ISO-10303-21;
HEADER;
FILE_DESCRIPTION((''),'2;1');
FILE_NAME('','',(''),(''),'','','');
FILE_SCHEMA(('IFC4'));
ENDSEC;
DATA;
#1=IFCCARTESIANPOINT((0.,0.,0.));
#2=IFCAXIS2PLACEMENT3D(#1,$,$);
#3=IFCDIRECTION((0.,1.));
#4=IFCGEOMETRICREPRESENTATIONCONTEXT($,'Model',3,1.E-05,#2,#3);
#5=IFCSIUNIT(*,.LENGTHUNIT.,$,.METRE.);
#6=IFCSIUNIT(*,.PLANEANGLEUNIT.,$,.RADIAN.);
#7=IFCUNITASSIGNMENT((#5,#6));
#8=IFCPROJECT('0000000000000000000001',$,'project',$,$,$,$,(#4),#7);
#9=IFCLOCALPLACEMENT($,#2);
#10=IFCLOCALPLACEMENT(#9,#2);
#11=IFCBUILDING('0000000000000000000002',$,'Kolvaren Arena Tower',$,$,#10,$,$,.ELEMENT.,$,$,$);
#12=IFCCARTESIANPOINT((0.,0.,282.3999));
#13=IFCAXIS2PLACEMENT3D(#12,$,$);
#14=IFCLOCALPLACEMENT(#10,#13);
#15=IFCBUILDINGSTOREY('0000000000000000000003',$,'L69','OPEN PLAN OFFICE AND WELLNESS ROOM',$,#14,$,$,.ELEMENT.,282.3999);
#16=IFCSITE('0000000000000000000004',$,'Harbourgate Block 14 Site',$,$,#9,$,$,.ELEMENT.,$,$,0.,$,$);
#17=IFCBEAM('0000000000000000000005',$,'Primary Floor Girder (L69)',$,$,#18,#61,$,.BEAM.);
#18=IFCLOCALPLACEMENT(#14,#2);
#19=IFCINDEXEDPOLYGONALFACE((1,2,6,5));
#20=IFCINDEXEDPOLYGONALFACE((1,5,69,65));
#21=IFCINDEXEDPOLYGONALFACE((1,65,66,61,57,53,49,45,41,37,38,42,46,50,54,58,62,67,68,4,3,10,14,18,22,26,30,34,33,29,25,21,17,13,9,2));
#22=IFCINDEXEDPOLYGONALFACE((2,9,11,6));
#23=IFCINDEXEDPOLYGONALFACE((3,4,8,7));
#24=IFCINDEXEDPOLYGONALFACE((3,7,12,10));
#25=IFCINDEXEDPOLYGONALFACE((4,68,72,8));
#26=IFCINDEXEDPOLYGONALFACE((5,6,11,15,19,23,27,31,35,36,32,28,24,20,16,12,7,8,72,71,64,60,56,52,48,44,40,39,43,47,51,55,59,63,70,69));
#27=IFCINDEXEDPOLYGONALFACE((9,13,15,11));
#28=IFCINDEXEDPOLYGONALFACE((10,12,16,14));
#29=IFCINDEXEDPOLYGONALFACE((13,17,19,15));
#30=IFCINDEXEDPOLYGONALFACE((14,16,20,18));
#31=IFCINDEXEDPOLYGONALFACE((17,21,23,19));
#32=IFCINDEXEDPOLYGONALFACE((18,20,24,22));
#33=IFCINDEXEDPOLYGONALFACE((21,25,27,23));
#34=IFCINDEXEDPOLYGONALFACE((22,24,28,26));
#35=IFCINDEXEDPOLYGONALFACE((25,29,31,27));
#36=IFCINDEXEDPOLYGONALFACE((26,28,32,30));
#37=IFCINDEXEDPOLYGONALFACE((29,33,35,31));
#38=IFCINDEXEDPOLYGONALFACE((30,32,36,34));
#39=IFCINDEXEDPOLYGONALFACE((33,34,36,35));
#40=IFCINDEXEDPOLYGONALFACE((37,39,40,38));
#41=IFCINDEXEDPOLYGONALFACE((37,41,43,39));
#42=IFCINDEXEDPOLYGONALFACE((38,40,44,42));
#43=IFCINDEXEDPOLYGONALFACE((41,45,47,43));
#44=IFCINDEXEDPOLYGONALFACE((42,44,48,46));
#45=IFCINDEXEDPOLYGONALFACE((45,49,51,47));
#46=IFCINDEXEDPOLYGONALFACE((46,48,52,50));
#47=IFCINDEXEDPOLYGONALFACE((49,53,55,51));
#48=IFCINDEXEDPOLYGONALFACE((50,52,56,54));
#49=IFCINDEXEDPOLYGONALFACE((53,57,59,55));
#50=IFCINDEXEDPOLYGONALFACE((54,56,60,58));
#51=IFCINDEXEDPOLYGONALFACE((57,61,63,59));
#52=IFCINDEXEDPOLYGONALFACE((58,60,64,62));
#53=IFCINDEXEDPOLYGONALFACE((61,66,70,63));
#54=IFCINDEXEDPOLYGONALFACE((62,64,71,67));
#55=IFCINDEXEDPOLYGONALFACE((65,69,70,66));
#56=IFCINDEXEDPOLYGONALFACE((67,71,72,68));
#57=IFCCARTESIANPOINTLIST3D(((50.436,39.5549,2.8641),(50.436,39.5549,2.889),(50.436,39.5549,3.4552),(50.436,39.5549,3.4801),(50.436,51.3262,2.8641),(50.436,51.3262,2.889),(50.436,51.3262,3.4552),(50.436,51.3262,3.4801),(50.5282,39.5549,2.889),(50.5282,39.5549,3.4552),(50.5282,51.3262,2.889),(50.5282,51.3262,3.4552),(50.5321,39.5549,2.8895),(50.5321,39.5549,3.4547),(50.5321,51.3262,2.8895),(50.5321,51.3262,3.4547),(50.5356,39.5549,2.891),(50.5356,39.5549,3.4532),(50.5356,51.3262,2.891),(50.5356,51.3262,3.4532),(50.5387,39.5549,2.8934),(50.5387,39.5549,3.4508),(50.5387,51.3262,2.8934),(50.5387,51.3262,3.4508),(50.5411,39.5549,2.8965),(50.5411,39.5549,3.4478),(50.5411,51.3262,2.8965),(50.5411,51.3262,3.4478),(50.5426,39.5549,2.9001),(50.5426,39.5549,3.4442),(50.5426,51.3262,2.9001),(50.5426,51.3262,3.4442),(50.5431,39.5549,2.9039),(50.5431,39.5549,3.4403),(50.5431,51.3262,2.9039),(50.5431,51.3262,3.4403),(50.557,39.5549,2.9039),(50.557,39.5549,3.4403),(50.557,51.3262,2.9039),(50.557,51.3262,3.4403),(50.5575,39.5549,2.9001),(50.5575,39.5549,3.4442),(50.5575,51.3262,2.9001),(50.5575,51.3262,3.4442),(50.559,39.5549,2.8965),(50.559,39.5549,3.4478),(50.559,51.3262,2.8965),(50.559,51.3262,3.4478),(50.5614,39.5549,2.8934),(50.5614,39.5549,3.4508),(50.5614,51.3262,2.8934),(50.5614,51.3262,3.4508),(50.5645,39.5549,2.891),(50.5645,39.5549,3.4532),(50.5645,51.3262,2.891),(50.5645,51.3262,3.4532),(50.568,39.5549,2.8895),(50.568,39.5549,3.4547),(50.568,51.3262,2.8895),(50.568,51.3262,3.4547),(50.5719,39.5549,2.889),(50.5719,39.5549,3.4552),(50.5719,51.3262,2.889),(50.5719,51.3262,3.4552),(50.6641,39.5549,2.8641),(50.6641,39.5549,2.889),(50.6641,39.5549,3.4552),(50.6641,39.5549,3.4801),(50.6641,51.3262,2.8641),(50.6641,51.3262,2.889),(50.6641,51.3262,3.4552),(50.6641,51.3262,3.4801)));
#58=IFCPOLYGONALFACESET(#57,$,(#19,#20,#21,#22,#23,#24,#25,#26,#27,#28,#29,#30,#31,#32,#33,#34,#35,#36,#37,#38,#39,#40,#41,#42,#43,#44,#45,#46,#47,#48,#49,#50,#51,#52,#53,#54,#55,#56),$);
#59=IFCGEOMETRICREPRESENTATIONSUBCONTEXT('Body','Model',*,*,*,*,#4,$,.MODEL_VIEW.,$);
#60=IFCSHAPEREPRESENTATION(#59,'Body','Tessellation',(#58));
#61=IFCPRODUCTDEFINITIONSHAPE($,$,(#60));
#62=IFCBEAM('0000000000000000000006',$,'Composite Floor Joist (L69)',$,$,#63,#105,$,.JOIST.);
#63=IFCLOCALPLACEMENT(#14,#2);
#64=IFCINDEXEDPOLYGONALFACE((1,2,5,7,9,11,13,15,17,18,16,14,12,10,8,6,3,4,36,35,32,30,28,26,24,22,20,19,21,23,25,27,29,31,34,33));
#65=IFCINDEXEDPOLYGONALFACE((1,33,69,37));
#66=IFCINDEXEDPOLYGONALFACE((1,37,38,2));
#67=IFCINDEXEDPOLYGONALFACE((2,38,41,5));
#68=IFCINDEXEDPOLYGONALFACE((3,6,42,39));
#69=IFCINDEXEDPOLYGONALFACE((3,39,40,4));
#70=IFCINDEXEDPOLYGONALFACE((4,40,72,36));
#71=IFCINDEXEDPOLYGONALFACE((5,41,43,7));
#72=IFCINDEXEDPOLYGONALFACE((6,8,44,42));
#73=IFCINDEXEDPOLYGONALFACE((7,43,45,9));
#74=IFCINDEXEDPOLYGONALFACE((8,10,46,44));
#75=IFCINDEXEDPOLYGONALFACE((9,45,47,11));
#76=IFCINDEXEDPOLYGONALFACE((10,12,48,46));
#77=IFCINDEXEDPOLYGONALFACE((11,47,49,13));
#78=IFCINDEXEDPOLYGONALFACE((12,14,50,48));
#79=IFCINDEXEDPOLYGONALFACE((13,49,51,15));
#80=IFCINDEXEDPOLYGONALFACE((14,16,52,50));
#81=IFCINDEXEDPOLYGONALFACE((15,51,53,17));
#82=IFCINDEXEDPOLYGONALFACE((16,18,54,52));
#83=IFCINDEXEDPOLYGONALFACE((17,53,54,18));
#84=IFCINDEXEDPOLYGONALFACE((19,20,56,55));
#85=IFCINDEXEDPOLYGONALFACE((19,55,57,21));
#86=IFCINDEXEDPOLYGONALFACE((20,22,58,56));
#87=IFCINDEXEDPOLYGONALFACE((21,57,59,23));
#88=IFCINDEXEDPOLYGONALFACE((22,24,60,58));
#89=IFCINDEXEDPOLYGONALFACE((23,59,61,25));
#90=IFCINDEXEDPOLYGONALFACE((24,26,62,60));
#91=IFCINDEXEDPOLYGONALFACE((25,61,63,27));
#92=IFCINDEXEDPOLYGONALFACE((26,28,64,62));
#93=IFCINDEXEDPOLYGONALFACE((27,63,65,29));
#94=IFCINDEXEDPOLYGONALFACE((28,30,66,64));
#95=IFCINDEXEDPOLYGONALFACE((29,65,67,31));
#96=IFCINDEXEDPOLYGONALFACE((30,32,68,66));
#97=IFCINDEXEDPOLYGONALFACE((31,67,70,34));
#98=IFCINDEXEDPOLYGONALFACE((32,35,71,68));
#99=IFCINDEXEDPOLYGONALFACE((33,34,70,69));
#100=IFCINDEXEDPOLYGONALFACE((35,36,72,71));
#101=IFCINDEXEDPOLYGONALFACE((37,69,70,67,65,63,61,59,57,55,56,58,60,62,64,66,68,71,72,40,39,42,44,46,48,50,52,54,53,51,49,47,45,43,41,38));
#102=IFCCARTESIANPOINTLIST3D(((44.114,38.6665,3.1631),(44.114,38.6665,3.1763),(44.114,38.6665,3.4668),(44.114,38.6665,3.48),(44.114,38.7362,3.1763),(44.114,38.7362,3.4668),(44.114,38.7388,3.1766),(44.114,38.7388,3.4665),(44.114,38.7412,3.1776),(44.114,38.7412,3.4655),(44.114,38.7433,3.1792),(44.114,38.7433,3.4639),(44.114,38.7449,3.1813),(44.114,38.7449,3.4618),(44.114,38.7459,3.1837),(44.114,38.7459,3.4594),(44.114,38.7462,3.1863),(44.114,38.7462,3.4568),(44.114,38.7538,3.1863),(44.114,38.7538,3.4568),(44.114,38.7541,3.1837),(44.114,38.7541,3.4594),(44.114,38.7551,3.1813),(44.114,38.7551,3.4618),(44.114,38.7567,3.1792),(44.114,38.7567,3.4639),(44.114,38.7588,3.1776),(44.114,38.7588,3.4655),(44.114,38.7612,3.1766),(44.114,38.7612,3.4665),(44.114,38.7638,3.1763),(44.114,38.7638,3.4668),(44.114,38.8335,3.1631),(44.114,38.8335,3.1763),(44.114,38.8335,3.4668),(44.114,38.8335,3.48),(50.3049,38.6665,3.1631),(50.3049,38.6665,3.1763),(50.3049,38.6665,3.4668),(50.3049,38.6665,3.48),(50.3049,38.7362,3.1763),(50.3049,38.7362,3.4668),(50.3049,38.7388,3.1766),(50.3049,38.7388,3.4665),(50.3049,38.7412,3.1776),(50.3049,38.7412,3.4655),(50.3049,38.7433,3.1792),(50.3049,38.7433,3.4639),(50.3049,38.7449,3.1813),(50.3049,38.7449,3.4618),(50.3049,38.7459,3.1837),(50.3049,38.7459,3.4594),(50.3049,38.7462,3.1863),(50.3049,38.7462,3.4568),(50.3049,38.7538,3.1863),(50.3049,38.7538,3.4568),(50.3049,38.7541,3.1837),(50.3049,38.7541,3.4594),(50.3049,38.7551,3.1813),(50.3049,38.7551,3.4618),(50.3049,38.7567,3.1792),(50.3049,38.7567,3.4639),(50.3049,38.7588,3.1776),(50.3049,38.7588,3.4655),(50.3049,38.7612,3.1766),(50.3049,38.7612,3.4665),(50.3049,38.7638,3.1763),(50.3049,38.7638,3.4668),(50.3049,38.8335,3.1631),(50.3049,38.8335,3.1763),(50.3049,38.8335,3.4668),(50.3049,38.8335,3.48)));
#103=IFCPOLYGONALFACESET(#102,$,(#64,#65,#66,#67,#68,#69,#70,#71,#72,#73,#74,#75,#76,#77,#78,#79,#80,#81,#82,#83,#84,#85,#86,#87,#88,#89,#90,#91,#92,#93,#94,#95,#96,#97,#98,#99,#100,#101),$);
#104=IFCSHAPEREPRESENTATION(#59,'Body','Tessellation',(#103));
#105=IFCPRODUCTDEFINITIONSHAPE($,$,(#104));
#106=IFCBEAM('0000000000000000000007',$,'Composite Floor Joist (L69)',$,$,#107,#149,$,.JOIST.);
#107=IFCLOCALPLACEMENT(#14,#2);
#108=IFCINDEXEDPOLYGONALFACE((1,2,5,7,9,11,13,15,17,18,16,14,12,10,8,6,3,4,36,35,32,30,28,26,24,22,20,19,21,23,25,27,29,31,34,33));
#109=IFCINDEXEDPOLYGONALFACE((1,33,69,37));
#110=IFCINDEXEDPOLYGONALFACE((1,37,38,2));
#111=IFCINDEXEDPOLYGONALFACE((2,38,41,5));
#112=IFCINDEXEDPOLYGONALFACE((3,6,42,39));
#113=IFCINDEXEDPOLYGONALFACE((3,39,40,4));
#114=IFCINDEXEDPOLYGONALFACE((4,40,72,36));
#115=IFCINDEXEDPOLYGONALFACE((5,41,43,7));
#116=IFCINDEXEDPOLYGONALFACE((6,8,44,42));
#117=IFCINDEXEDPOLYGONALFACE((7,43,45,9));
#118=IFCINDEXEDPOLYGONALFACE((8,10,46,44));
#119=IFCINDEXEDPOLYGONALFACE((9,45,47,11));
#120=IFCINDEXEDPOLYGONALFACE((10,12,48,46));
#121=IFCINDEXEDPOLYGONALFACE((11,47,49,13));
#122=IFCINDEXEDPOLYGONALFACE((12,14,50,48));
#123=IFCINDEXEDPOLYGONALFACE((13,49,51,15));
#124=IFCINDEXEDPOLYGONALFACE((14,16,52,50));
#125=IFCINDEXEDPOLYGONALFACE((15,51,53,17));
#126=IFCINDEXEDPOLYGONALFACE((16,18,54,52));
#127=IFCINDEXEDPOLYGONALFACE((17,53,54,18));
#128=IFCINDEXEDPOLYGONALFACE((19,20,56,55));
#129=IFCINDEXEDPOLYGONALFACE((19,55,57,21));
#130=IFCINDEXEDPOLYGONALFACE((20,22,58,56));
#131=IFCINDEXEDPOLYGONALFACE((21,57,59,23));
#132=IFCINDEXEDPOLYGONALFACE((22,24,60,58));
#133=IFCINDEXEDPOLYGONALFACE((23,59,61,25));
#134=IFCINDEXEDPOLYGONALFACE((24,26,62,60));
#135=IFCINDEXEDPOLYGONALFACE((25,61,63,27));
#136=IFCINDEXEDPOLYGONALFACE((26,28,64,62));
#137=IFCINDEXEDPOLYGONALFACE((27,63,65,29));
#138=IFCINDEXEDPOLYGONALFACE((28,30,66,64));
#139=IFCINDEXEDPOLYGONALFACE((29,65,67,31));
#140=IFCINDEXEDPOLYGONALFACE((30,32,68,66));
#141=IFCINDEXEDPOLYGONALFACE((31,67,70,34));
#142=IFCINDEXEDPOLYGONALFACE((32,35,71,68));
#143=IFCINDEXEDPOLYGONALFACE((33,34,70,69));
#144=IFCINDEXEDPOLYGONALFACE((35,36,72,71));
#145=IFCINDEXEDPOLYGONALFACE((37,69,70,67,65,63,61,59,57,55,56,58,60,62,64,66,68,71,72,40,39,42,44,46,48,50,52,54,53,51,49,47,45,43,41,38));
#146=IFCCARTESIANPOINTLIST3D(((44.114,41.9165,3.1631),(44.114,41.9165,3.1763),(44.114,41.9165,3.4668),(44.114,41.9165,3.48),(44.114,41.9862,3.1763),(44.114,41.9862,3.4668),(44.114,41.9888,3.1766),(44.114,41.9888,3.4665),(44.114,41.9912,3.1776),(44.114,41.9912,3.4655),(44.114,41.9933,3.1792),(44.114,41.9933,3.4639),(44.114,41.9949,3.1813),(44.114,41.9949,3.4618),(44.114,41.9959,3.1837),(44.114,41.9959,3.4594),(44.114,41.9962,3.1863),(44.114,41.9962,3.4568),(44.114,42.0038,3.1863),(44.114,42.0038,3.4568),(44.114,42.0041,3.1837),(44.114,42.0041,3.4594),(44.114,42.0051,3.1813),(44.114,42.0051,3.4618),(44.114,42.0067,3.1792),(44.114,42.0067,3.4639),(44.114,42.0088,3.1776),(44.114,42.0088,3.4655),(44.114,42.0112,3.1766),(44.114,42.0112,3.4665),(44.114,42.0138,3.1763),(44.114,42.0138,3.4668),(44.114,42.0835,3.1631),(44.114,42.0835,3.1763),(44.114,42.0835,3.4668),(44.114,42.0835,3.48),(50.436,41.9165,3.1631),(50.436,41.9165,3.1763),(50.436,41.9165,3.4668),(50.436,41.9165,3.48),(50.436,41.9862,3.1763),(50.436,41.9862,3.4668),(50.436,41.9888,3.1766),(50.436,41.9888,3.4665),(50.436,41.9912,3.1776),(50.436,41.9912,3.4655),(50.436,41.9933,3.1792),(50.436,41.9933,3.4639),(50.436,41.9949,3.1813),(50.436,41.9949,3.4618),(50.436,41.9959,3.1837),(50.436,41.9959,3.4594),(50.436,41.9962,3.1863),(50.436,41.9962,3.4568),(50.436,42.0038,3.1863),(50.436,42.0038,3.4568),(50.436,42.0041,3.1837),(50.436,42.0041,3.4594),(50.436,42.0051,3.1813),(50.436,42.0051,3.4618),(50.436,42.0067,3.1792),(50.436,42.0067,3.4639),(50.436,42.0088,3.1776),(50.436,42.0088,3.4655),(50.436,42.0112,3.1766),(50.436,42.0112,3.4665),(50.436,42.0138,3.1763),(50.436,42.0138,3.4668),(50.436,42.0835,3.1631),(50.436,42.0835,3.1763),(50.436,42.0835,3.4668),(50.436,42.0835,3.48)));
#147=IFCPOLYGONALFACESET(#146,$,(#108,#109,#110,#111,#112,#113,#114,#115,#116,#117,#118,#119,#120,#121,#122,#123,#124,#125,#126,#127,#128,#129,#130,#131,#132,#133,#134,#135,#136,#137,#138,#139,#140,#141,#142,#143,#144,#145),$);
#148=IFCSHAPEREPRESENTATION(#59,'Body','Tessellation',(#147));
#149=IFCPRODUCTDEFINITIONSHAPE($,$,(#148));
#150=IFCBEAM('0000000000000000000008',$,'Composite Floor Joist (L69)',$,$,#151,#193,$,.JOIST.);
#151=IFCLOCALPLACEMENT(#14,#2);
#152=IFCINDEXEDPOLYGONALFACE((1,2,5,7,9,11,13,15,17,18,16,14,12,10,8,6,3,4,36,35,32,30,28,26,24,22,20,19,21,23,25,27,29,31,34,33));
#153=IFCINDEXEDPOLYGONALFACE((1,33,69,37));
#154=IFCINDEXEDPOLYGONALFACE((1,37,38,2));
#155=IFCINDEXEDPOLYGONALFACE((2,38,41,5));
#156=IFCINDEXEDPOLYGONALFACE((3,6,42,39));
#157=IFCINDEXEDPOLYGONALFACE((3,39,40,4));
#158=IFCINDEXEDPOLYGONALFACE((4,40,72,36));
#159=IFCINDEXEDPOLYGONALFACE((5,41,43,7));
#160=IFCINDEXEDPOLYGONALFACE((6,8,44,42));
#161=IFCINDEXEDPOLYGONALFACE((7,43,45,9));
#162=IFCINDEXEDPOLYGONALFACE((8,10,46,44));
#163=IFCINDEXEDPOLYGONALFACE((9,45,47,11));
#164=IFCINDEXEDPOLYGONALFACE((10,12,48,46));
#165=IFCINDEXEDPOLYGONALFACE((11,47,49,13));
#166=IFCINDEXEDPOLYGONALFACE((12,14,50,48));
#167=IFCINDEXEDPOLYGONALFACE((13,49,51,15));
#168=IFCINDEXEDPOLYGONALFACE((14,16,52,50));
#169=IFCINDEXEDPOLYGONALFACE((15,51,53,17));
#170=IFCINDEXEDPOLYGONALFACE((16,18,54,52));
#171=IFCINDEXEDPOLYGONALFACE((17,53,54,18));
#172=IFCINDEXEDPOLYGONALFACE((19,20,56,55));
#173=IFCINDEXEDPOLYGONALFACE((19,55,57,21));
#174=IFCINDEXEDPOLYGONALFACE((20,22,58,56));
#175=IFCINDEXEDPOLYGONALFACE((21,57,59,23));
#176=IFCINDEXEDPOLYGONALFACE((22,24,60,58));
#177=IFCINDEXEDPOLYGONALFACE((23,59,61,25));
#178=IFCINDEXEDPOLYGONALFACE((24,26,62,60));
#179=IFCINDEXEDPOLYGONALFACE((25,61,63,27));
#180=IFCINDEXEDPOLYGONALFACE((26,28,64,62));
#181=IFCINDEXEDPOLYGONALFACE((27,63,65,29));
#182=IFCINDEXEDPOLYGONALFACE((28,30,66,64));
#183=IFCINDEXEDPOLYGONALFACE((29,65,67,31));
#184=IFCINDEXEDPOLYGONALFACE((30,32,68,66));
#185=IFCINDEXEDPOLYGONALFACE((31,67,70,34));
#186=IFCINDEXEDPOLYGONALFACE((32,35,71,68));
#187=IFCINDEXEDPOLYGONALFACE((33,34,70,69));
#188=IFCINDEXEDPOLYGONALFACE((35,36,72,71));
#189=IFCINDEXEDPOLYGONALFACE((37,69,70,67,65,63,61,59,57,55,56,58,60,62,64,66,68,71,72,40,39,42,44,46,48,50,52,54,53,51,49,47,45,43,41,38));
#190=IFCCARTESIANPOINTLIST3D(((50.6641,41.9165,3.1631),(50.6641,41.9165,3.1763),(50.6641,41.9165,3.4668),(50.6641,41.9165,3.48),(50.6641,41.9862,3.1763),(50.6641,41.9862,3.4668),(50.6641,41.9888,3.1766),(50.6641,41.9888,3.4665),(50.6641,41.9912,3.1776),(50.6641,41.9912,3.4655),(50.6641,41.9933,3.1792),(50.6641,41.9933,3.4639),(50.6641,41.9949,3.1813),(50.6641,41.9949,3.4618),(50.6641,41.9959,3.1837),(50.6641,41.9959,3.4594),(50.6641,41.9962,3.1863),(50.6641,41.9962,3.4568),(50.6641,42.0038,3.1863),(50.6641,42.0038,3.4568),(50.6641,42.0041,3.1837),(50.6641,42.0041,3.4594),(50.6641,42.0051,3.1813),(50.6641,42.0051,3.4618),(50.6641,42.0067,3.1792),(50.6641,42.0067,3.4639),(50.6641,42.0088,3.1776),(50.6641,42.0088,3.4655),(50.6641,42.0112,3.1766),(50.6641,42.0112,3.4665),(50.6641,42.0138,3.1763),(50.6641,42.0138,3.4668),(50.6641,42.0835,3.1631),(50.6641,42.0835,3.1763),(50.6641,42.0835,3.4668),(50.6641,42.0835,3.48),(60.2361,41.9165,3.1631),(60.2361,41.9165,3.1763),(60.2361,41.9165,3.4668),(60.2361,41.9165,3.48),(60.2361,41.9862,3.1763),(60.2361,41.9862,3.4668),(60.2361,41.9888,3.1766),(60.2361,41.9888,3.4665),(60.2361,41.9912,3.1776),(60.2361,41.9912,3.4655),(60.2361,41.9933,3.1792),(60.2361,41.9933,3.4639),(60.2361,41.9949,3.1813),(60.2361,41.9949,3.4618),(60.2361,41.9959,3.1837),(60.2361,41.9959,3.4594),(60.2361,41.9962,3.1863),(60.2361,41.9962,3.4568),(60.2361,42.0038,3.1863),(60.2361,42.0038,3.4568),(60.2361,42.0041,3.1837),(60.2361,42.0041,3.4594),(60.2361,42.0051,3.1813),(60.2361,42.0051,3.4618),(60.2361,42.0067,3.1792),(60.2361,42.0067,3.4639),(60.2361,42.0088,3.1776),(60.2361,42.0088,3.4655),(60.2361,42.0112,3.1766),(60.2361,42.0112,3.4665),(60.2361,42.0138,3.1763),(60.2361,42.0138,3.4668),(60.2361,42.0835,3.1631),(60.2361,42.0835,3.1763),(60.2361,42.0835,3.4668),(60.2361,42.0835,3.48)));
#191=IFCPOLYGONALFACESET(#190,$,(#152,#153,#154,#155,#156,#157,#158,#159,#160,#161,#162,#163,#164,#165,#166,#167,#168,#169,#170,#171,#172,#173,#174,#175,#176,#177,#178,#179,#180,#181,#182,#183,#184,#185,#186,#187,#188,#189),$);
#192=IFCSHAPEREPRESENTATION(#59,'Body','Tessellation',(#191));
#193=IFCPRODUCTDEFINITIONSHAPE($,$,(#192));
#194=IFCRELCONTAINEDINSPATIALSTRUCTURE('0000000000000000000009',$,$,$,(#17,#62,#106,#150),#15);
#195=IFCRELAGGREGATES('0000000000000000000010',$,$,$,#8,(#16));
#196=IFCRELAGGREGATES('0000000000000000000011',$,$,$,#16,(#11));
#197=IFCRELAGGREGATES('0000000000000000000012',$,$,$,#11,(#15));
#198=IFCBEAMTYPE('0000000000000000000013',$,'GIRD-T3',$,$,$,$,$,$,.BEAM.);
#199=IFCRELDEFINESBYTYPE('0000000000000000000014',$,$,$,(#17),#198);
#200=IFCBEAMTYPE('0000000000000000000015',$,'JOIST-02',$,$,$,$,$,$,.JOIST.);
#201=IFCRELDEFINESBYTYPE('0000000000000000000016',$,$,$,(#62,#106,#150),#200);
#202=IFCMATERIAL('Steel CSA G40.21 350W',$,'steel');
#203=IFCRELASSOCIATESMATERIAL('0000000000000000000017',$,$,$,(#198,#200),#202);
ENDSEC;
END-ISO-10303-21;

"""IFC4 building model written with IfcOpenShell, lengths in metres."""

from ifc_helpers import new_model, si_unit, direction, frame, origin, origin_2d, place, context, subcontext, project, spatial, i_section, extrude, material, material_profile, profile_set, type_object, element, save


model = new_model("IFC4")

# Units and contexts
model_context = context("Model", 3, precision=1e-05, world=origin(), true_north=direction((0.0, 1.0)))
body_context = subcontext(model_context, "Body", "Model", "MODEL_VIEW")
ifc_project = project(units=[si_unit("LENGTHUNIT", "METRE"), si_unit("PLANEANGLEUNIT", "RADIAN")], contexts=[model_context])

# Site, building, storey
site_placement = place(None, origin())
site = spatial("IfcSite", under=ifc_project, at=site_placement, Name="Harbourgate Block 14 Site", CompositionType="ELEMENT", RefElevation=0.0)
building_placement = place(site_placement, origin())
building = spatial("IfcBuilding", under=site, at=building_placement, Name="Kolvaren Arena Tower", CompositionType="ELEMENT")
storey_placement = place(building_placement, frame((0.0, 0.0, 282.3999)))
storey = spatial("IfcBuildingStorey", under=building, at=storey_placement, Name="L69", Description="OPEN PLAN OFFICE AND WELLNESS ROOM", CompositionType="ELEMENT", Elevation=282.3999)

# Beams
ifc_material_1 = material(Name="Steel CSA G40.21 350W", Category="steel")
ifc_material_profile_1 = material_profile(ifc_material_1, i_section(OverallWidth=0.228, OverallDepth=0.616, WebThickness=0.0139, FlangeThickness=0.0249, FilletRadius=0.0149, at=origin_2d()), Name="W610x174")
ifc_profile_set_1 = profile_set([ifc_material_profile_1], Name="Steel CSA G40.21 350W")
beam_type_1 = type_object("IfcBeamType", Name="GIRD-T3", PredefinedType="BEAM", material=ifc_profile_set_1)
beam_1_placement = place(storey_placement, frame((50.55, 39.5549, 3.1721), z_axis=(0.0, 1.0, 0.0), x_axis=(-1.0, 0.0, 0.0)))
element("IfcBeam", 1, at=beam_1_placement, inside=storey, type_object=beam_type_1, Name="Primary Floor Girder (L69)", PredefinedType="BEAM", context=body_context, shape_type="SweptSolid", body=[
    extrude(i_section(OverallWidth=0.228, OverallDepth=0.616, WebThickness=0.0139, FlangeThickness=0.0249, FilletRadius=0.0149, at=origin_2d()), origin(), (0.0, 0.0, 1.0), 11.7712),
])
ifc_material_profile_2 = material_profile(ifc_material_1, i_section(OverallWidth=0.167, OverallDepth=0.3169, WebThickness=0.0076, FlangeThickness=0.0132, FilletRadius=0.01, at=origin_2d()), Name="W310x52")
ifc_profile_set_2 = profile_set([ifc_material_profile_2], Name="Steel CSA G40.21 350W")
beam_type_2 = type_object("IfcBeamType", Name="JOIST-02", PredefinedType="JOIST", material=ifc_profile_set_2)
beam_2_placement = place(storey_placement, frame((44.114, 38.75, 3.3215), z_axis=(1.0, 0.0, 0.0), x_axis=(0.0, 1.0, 0.0)))
element("IfcBeam", 2, at=beam_2_placement, inside=storey, type_object=beam_type_2, Name="Composite Floor Joist (L69)", PredefinedType="JOIST", context=body_context, shape_type="SweptSolid", body=[
    extrude(i_section(OverallWidth=0.167, OverallDepth=0.3169, WebThickness=0.0076, FlangeThickness=0.0132, FilletRadius=0.01, at=origin_2d()), origin(), (0.0, 0.0, 1.0), 6.1909),
])
beam_3_placement = place(storey_placement, frame((44.114, 42.0, 3.3215), z_axis=(1.0, 0.0, 0.0), x_axis=(0.0, 1.0, 0.0)))
element("IfcBeam", 3, at=beam_3_placement, inside=storey, type_object=beam_type_2, Name="Composite Floor Joist (L69)", PredefinedType="JOIST", context=body_context, shape_type="SweptSolid", body=[
    extrude(i_section(OverallWidth=0.167, OverallDepth=0.3169, WebThickness=0.0076, FlangeThickness=0.0132, FilletRadius=0.01, at=origin_2d()), origin(), (0.0, 0.0, 1.0), 6.322),
])
beam_4_placement = place(storey_placement, frame((50.6641, 42.0, 3.3215), z_axis=(1.0, 0.0, 0.0), x_axis=(0.0, 1.0, 0.0)))
element("IfcBeam", 4, at=beam_4_placement, inside=storey, type_object=beam_type_2, Name="Composite Floor Joist (L69)", PredefinedType="JOIST", context=body_context, shape_type="SweptSolid", body=[
    extrude(i_section(OverallWidth=0.167, OverallDepth=0.3169, WebThickness=0.0076, FlangeThickness=0.0132, FilletRadius=0.01, at=origin_2d()), origin(), (0.0, 0.0, 1.0), 9.572),
])

save(model, "model.ifc")
